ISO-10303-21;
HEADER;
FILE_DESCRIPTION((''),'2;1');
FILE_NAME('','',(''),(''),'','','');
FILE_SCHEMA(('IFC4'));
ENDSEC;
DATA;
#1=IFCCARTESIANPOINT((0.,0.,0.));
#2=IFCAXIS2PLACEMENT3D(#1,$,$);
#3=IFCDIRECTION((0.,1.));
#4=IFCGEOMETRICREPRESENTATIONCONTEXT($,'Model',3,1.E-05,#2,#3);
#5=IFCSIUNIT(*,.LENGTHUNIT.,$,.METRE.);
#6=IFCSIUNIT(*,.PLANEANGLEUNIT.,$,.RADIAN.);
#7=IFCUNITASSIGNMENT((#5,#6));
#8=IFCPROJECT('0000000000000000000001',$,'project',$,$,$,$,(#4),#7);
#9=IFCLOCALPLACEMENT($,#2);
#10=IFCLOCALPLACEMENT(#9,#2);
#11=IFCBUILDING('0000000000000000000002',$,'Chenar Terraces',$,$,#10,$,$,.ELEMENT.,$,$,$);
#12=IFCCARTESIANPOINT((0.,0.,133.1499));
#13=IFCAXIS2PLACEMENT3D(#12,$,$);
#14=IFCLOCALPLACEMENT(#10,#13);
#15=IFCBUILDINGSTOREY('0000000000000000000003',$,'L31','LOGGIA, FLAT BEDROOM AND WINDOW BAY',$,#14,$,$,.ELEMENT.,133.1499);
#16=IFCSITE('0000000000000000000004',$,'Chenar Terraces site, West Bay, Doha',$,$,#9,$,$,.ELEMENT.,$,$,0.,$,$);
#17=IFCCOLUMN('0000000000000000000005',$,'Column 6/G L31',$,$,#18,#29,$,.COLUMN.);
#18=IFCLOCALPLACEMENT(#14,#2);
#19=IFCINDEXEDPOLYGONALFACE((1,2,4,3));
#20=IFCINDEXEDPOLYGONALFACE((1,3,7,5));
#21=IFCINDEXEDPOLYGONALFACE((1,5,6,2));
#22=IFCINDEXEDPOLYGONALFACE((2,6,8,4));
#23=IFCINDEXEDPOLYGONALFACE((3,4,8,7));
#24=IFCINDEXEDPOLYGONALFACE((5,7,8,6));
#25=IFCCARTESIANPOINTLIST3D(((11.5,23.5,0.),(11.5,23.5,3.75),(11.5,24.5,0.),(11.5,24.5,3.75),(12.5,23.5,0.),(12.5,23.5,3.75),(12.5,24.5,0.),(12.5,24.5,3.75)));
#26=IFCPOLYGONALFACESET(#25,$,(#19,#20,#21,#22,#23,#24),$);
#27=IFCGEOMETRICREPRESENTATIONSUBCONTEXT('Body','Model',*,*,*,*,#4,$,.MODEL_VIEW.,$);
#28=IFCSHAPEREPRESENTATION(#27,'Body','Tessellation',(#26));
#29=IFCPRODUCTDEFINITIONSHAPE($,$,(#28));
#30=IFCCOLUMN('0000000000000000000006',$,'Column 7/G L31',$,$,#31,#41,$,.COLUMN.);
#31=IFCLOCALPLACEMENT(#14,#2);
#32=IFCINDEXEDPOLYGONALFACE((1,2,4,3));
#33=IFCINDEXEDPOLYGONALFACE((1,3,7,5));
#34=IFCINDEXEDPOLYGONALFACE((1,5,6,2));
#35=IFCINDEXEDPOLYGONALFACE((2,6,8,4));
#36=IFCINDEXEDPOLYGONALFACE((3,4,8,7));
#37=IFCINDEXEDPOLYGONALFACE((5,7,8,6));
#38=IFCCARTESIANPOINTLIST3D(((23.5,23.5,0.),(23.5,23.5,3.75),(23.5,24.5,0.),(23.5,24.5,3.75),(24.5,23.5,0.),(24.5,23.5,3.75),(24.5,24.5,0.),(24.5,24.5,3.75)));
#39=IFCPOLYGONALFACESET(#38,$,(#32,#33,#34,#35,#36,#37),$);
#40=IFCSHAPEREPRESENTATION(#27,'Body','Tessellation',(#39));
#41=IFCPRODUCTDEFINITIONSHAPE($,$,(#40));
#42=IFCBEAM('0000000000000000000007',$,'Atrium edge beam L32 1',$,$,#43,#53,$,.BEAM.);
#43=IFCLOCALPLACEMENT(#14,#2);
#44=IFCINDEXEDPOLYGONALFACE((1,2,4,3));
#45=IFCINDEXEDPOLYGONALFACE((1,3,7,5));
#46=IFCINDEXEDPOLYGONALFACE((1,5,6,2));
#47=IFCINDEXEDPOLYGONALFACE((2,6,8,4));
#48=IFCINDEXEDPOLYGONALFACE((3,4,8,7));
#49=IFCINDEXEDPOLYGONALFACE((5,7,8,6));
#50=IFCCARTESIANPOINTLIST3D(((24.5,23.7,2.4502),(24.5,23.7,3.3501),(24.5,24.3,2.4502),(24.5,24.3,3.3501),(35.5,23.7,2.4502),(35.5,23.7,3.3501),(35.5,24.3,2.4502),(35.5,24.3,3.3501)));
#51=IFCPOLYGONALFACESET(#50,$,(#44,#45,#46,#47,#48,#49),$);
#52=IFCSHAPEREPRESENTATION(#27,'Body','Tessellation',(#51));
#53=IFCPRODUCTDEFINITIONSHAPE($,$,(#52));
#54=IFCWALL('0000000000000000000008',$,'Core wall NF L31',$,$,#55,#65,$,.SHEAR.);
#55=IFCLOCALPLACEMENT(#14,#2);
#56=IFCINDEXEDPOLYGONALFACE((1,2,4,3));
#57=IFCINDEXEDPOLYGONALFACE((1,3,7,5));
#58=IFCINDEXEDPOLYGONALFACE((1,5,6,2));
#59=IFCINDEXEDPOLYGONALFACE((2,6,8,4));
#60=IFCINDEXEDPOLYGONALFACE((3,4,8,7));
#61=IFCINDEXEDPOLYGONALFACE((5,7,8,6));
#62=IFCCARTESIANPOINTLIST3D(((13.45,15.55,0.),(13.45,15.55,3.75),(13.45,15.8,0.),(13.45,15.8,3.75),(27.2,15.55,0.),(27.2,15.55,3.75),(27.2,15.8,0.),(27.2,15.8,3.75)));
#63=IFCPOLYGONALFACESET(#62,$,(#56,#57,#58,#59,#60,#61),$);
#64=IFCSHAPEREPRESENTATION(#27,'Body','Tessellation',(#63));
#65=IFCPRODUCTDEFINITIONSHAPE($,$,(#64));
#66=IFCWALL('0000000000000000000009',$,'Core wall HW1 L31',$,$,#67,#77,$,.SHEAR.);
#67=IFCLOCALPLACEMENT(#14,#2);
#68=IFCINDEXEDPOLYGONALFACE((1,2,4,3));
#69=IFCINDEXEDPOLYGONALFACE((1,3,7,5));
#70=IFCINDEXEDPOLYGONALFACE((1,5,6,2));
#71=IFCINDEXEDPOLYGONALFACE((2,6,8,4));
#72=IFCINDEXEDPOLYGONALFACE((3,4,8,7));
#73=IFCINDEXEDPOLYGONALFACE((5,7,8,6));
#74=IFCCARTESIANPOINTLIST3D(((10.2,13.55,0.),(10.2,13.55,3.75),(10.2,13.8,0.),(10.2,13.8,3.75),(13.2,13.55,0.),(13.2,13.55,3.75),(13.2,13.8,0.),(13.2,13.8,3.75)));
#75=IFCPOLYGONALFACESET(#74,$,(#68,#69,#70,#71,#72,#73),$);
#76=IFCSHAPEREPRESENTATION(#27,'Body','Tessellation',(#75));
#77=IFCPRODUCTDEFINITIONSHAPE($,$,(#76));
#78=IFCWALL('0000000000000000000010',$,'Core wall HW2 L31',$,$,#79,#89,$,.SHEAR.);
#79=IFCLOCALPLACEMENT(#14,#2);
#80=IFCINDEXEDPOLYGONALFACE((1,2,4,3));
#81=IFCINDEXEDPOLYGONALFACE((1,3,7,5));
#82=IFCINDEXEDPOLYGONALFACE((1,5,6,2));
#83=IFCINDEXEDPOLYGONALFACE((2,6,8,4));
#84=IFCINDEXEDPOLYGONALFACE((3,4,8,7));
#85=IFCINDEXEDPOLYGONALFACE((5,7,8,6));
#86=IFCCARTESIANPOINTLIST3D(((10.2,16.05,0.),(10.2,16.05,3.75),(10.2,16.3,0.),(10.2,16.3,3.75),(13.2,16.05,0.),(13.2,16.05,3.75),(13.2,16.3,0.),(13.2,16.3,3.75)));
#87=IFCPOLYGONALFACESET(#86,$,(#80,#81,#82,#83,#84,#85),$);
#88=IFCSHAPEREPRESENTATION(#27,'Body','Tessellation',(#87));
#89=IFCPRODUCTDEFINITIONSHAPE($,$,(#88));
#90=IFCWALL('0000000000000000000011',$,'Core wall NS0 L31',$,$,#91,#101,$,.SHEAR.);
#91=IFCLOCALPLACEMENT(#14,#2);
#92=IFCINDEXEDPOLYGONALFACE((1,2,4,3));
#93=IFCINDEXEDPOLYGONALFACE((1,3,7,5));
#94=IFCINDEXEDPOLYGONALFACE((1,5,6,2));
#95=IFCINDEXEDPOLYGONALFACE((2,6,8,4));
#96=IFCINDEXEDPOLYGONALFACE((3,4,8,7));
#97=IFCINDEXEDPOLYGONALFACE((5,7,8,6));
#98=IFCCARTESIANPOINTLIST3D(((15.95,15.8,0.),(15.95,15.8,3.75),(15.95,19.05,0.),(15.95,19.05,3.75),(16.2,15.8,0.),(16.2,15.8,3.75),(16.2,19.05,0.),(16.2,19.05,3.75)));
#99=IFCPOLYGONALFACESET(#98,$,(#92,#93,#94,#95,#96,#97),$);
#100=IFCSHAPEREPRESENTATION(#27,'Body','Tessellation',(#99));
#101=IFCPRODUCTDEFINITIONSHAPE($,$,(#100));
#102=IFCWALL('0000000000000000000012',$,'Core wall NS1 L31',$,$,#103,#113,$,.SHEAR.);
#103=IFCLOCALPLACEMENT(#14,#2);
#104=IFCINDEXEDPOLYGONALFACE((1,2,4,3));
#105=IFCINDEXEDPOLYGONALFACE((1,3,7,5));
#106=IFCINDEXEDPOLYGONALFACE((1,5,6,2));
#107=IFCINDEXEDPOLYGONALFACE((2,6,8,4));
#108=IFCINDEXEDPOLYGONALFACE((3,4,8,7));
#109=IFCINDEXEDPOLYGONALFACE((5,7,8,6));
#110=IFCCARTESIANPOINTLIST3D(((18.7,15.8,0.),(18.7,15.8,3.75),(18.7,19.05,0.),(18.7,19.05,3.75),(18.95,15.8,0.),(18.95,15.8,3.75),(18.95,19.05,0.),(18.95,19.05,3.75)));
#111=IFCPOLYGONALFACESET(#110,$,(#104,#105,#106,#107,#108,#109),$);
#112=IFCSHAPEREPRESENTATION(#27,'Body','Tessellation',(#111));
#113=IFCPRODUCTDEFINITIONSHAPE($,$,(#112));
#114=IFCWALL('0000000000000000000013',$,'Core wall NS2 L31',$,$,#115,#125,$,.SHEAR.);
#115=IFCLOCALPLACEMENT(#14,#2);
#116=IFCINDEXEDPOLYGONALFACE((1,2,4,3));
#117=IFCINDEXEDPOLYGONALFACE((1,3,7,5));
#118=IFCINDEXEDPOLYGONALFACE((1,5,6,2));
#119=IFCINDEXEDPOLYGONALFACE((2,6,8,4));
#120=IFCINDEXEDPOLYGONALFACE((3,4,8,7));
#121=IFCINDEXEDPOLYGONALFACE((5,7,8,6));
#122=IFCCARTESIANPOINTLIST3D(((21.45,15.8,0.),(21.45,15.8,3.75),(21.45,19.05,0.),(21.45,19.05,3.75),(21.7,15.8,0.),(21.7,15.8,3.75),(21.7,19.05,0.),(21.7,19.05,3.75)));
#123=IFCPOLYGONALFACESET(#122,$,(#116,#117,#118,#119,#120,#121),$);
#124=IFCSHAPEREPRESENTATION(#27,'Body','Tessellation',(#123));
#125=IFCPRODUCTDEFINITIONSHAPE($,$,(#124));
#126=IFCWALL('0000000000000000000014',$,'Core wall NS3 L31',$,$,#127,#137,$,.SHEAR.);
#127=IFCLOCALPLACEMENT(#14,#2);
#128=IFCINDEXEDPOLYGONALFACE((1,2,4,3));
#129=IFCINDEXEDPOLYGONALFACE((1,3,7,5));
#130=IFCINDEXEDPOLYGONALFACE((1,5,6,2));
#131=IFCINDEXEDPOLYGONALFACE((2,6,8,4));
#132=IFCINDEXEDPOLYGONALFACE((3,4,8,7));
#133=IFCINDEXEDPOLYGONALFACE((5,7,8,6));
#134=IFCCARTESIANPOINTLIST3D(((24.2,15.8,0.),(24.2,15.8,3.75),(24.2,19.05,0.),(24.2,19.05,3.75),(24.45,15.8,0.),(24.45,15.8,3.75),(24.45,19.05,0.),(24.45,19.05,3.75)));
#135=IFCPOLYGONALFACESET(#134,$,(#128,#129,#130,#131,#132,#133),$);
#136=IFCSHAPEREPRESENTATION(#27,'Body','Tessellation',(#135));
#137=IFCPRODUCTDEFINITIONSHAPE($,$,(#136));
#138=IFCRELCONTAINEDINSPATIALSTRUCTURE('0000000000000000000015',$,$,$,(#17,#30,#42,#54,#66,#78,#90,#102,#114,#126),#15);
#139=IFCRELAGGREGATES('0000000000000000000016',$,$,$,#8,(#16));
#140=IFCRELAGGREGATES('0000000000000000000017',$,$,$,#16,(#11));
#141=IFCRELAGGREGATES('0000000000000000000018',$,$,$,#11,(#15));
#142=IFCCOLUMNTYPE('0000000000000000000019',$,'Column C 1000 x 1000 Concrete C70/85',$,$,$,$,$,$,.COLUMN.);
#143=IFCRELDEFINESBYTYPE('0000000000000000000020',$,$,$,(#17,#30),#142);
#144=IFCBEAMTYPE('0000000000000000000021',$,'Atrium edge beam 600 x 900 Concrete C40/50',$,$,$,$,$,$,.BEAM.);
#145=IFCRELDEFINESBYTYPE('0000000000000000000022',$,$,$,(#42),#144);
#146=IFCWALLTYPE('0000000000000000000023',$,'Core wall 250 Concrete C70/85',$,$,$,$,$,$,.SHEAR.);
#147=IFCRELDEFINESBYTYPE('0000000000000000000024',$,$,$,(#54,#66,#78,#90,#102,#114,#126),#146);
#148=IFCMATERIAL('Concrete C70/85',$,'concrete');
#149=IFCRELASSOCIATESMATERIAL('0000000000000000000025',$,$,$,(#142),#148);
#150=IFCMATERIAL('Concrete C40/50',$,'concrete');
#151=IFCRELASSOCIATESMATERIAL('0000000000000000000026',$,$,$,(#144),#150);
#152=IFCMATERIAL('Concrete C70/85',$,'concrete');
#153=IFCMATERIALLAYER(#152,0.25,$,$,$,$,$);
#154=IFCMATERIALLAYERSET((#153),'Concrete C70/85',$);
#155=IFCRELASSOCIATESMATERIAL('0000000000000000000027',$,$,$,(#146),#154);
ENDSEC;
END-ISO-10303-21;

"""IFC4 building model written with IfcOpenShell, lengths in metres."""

from ifc_helpers import new_model, si_unit, direction, frame, frame_2d, origin, origin_2d, place, context, subcontext, project, spatial, rectangle, extrude, material, layer, layer_set, material_profile, profile_set, type_object, element, save


model = new_model("IFC4")

# Units and contexts
model_context = context("Model", 3, precision=1e-05, world=origin(), true_north=direction((0.0, 1.0)))
body_context = subcontext(model_context, "Body", "Model", "MODEL_VIEW")
ifc_project = project(units=[si_unit("LENGTHUNIT", "METRE"), si_unit("PLANEANGLEUNIT", "RADIAN")], contexts=[model_context])

# Site, building, storey
site_placement = place(None, origin())
site = spatial("IfcSite", under=ifc_project, at=site_placement, Name="Chenar Terraces site, West Bay, Doha", CompositionType="ELEMENT", RefElevation=0.0)
building_placement = place(site_placement, origin())
building = spatial("IfcBuilding", under=site, at=building_placement, Name="Chenar Terraces", CompositionType="ELEMENT")
storey_placement = place(building_placement, frame((0.0, 0.0, 133.1499)))
storey = spatial("IfcBuildingStorey", under=building, at=storey_placement, Name="L31", Description="LOGGIA, FLAT BEDROOM AND WINDOW BAY", CompositionType="ELEMENT", Elevation=133.1499)

# Columns
ifc_material_1 = material(Name="Concrete C70/85", Category="concrete")
ifc_material_profile_1 = material_profile(ifc_material_1, rectangle(XDim=1.0, YDim=1.0, at=origin_2d()), Name="C 1000 x 1000")
ifc_profile_set_1 = profile_set([ifc_material_profile_1], Name="Concrete C70/85")
column_type = type_object("IfcColumnType", Name="Column C 1000 x 1000 Concrete C70/85", PredefinedType="COLUMN", material=ifc_profile_set_1)
for number, where, z_axis, x_axis, name in (
    (1, (12.0, 24.0, 0.0), (0.0, 0.0, 1.0), (1.0, 0.0, 0.0), "Column 6/G L31"),
    (2, (24.0, 24.0, 0.0), (0.0, 0.0, 1.0), (1.0, 0.0, 0.0), "Column 7/G L31"),
):
    element("IfcColumn", number, at=place(storey_placement, frame(where, z_axis=z_axis, x_axis=x_axis)), inside=storey, type_object=column_type, Name=name, PredefinedType="COLUMN", context=body_context, shape_type="SweptSolid", body=[
        extrude(rectangle(XDim=1.0, YDim=1.0, at=origin_2d()), origin(), (0.0, 0.0, 1.0), 3.75),
    ])

# Beam
ifc_material_2 = material(Name="Concrete C40/50", Category="concrete")
ifc_material_profile_2 = material_profile(ifc_material_2, rectangle(XDim=0.6001, YDim=0.8999, at=origin_2d()), Name="RC 600 x 900")
ifc_profile_set_2 = profile_set([ifc_material_profile_2], Name="Concrete C40/50")
beam_type = type_object("IfcBeamType", Name="Atrium edge beam 600 x 900 Concrete C40/50", PredefinedType="BEAM", material=ifc_profile_set_2)
beam_placement = place(storey_placement, frame((24.5, 24.0, 2.9001), z_axis=(1.0, 0.0, 0.0), x_axis=(0.0, 1.0, 0.0)))
element("IfcBeam", 3, at=beam_placement, inside=storey, type_object=beam_type, Name="Atrium edge beam L32 1", PredefinedType="BEAM", context=body_context, shape_type="SweptSolid", body=[
    extrude(rectangle(XDim=0.6001, YDim=0.8999, at=origin_2d()), origin(), (0.0, 0.0, 1.0), 11.0),
])

# Walls
ifc_material_3 = material(Name="Concrete C70/85", Category="concrete")
ifc_layer_1 = layer(ifc_material_3, 0.25)
ifc_layer_set_1 = layer_set([ifc_layer_1], Name="Concrete C70/85")
wall_type_1 = type_object("IfcWallType", Name="Core wall 250 Concrete C70/85", PredefinedType="SHEAR", material=ifc_layer_set_1)
wall_1_placement = place(storey_placement, frame((13.45, 15.675, 0.0), z_axis=(0.0, 0.0, 1.0), x_axis=(1.0, 0.0, 0.0)))
element("IfcWall", 4, at=wall_1_placement, inside=storey, type_object=wall_type_1, Name="Core wall NF L31", PredefinedType="SHEAR", context=body_context, shape_type="SweptSolid", body=[
    extrude(rectangle(XDim=13.75, YDim=0.25, at=frame_2d((6.875, 0.0))), origin(), (0.0, 0.0, 1.0), 3.75),
])
for number, where, z_axis, x_axis, name in (
    (5, (10.2, 13.675, 0.0), (0.0, 0.0, 1.0), (1.0, 0.0, 0.0), "Core wall HW1 L31"),
    (6, (10.2, 16.175, 0.0), (0.0, 0.0, 1.0), (1.0, 0.0, 0.0), "Core wall HW2 L31"),
):
    element("IfcWall", number, at=place(storey_placement, frame(where, z_axis=z_axis, x_axis=x_axis)), inside=storey, type_object=wall_type_1, Name=name, PredefinedType="SHEAR", context=body_context, shape_type="SweptSolid", body=[
        extrude(rectangle(XDim=3.0, YDim=0.25, at=frame_2d((1.5, 0.0))), origin(), (0.0, 0.0, 1.0), 3.75),
    ])
for number, where, z_axis, x_axis, name in (
    (7, (16.075, 15.8, 0.0), (0.0, 0.0, 1.0), (0.0, 1.0, 0.0), "Core wall NS0 L31"),
    (8, (18.825, 15.8, 0.0), (0.0, 0.0, 1.0), (0.0, 1.0, 0.0), "Core wall NS1 L31"),
    (9, (21.575, 15.8, 0.0), (0.0, 0.0, 1.0), (0.0, 1.0, 0.0), "Core wall NS2 L31"),
    (10, (24.325, 15.8, 0.0), (0.0, 0.0, 1.0), (0.0, 1.0, 0.0), "Core wall NS3 L31"),
):
    element("IfcWall", number, at=place(storey_placement, frame(where, z_axis=z_axis, x_axis=x_axis)), inside=storey, type_object=wall_type_1, Name=name, PredefinedType="SHEAR", context=body_context, shape_type="SweptSolid", body=[
        extrude(rectangle(XDim=3.25, YDim=0.25, at=frame_2d((1.625, 0.0))), origin(), (0.0, 0.0, 1.0), 3.75),
    ])

save(model, "model.ifc")
